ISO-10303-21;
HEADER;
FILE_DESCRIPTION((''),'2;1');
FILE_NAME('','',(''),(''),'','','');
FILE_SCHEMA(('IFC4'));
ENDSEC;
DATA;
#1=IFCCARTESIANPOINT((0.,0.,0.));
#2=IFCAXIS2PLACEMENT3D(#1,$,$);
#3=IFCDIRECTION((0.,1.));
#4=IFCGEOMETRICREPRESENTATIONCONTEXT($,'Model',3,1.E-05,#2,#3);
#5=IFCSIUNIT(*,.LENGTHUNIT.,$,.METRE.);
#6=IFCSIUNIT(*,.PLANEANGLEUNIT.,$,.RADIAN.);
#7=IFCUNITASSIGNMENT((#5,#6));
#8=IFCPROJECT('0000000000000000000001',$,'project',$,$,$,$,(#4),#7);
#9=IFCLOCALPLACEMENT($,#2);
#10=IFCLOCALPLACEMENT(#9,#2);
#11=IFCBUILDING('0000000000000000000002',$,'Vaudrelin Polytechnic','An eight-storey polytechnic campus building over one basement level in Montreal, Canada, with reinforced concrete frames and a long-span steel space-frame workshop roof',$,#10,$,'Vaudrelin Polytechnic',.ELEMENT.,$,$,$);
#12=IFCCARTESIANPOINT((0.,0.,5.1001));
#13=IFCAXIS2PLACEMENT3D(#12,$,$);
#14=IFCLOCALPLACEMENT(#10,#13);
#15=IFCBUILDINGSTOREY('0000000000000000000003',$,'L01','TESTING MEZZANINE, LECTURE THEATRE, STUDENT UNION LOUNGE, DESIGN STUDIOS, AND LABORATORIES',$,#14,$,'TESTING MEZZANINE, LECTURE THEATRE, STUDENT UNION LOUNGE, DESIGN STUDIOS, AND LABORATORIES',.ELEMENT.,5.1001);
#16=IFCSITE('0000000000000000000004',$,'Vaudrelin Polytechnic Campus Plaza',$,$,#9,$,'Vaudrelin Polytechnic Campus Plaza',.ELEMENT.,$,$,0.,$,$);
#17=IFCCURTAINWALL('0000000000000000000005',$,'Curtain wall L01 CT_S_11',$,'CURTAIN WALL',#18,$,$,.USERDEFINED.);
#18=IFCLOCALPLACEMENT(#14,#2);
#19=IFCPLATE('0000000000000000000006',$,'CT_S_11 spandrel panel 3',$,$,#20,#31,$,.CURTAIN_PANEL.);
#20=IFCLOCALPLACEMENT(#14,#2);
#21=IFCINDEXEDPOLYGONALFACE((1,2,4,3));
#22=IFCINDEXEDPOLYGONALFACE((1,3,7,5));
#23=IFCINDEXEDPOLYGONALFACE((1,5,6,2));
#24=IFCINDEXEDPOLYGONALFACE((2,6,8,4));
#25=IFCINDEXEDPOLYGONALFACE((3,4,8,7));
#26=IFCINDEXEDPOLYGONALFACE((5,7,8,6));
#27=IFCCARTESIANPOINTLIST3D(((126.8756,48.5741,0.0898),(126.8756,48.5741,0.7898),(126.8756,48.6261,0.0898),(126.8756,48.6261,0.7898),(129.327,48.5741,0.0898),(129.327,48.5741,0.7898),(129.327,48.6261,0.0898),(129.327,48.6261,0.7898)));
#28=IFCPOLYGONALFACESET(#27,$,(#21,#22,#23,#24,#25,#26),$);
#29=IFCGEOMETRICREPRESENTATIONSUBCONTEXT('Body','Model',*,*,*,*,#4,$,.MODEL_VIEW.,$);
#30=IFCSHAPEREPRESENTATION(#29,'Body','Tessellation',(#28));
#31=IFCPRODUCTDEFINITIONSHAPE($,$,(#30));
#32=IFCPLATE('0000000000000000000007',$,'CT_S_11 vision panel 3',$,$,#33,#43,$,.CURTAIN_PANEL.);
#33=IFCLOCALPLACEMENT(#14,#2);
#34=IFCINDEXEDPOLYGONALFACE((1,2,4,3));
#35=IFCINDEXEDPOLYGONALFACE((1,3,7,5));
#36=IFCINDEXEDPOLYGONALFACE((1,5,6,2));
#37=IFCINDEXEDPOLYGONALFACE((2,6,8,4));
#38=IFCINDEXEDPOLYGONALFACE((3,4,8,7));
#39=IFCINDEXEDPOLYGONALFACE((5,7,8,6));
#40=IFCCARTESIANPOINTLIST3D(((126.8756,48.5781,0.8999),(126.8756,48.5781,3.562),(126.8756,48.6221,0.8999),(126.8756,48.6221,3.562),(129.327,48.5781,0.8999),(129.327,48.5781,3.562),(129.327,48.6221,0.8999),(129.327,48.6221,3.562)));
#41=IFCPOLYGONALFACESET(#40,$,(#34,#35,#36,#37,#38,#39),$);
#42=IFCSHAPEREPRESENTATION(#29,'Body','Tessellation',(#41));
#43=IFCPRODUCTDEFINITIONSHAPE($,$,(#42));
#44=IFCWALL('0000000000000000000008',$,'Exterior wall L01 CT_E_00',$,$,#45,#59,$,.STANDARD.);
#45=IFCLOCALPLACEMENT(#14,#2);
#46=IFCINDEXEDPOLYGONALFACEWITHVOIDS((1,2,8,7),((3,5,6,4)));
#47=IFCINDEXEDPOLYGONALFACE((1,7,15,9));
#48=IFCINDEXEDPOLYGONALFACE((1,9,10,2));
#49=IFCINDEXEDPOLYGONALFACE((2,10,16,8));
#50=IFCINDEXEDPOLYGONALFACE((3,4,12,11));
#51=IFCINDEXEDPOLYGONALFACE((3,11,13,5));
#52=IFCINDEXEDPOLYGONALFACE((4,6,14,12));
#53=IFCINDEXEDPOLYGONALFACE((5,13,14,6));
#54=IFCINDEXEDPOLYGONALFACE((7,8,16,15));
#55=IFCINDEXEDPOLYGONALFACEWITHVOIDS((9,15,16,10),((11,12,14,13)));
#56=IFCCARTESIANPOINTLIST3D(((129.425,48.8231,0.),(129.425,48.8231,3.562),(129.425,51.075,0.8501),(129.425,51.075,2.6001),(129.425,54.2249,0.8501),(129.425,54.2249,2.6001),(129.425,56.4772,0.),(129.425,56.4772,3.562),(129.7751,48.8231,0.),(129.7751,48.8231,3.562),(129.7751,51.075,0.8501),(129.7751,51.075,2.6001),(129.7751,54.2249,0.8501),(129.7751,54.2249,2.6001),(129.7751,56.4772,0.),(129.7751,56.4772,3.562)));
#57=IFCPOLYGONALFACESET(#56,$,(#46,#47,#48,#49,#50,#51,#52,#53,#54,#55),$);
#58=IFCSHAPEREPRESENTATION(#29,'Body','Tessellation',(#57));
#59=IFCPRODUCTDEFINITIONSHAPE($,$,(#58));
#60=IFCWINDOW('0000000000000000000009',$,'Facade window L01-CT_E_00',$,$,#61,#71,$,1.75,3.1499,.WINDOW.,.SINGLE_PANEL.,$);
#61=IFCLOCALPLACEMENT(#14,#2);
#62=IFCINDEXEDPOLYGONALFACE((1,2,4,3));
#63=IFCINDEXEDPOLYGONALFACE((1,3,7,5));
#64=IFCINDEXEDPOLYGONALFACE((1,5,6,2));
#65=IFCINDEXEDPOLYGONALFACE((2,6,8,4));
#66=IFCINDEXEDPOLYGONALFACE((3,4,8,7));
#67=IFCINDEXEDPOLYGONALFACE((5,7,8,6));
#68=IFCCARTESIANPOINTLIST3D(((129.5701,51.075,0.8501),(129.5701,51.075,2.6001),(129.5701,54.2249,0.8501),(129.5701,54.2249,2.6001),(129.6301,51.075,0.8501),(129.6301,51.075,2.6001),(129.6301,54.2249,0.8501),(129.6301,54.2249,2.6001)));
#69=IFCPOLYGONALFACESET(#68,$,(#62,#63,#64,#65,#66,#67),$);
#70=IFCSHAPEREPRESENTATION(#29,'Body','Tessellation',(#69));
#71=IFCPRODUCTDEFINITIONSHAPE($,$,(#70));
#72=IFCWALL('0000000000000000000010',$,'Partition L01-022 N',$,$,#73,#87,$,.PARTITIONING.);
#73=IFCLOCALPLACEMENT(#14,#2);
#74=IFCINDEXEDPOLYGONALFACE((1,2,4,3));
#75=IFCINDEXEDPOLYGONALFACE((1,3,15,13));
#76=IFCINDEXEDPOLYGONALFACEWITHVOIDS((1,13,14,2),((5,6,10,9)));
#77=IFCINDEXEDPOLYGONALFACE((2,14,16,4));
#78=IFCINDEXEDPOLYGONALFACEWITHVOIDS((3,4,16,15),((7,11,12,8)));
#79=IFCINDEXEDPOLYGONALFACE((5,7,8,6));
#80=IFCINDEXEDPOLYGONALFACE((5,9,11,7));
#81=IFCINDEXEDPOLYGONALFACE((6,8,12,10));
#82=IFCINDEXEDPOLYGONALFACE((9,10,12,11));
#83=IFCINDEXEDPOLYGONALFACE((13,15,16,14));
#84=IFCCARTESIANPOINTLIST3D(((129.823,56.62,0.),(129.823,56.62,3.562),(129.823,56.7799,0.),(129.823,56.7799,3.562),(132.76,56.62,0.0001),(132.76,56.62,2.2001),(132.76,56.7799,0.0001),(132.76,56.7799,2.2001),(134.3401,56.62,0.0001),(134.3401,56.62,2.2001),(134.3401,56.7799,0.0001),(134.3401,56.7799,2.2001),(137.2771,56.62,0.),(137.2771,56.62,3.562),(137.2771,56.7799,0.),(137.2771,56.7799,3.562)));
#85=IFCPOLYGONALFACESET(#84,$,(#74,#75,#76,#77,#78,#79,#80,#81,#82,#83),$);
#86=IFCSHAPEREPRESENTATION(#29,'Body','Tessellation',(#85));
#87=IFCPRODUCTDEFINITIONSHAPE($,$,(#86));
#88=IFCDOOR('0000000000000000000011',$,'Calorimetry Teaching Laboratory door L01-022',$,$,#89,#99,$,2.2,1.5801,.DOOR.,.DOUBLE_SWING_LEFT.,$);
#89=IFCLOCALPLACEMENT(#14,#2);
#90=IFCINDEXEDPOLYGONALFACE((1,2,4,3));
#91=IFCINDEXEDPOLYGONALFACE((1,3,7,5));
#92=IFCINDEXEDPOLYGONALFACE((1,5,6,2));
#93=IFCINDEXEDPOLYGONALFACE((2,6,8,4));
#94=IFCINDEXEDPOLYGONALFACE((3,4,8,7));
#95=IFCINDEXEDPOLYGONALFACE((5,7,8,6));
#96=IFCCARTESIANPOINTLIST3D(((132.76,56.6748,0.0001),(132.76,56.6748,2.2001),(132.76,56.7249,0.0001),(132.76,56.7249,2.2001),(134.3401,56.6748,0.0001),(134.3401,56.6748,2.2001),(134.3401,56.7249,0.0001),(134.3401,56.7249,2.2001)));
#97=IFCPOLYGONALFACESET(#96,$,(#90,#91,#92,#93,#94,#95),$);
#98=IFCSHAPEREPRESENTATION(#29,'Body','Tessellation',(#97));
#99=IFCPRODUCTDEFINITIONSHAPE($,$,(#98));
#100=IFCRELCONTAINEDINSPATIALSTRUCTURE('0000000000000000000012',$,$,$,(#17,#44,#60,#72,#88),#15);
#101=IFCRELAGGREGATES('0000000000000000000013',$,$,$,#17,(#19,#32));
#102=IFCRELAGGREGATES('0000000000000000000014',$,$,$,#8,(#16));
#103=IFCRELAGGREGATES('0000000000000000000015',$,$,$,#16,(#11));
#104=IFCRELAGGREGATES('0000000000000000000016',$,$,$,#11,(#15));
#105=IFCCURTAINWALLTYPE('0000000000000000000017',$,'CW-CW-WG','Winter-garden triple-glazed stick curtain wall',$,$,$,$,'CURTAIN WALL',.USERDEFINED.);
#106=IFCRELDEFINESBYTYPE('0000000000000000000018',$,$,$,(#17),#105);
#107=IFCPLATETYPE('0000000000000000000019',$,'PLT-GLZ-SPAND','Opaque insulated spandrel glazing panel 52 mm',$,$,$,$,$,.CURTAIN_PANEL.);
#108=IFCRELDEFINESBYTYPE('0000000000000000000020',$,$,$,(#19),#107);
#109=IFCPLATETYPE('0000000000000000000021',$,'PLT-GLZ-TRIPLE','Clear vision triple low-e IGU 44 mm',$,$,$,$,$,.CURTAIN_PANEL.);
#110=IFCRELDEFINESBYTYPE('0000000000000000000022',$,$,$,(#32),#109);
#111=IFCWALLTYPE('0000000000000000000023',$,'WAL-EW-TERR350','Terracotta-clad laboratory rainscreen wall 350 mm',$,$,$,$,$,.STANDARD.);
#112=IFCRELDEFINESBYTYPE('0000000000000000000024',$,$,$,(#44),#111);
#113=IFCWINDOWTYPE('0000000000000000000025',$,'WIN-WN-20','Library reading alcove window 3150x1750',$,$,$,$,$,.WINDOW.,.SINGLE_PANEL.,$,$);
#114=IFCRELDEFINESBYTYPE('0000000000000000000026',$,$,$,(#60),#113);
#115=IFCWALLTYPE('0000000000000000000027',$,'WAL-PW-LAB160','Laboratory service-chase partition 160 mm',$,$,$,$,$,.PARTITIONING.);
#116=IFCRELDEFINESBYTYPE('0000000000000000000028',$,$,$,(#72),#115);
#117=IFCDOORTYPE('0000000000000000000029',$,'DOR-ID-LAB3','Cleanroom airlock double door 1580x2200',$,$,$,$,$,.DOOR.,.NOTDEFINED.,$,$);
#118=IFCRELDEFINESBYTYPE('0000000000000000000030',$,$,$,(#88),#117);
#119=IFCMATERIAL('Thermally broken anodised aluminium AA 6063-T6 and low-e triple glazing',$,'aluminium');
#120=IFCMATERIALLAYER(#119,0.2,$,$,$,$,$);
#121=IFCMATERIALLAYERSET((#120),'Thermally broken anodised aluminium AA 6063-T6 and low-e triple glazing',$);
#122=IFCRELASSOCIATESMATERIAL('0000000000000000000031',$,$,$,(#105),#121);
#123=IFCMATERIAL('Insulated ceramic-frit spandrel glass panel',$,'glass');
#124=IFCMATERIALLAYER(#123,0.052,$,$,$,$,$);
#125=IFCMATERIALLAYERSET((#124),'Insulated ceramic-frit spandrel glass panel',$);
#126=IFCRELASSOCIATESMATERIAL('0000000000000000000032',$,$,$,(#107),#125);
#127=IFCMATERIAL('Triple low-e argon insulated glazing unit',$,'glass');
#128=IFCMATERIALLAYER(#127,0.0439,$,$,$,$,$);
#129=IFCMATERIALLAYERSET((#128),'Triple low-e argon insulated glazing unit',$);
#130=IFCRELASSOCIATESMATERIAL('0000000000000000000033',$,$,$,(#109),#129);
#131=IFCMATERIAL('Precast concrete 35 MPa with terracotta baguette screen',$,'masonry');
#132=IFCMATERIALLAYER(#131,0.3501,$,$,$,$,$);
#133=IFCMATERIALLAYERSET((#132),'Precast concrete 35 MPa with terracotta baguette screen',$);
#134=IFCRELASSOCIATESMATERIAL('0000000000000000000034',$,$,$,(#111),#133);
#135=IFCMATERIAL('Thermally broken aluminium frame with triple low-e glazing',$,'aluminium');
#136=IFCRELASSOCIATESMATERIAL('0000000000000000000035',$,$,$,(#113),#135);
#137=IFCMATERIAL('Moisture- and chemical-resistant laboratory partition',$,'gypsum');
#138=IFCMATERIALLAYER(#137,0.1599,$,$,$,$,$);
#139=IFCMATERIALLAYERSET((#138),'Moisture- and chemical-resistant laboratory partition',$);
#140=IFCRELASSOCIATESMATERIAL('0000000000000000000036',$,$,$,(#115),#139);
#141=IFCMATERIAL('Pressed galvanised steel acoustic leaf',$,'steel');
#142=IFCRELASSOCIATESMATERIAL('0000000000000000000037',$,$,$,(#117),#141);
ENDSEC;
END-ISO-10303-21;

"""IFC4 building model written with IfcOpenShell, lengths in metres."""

from ifc_helpers import new_model, si_unit, direction, frame, frame_2d, origin, origin_2d, place, context, subcontext, project, spatial, rectangle, extrude, material, layer, layer_set, type_object, element, fill, aggregate, save


model = new_model("IFC4")

# Units and contexts
model_context = context("Model", 3, precision=1e-05, world=origin(), true_north=direction((0.0, 1.0)))
body_context = subcontext(model_context, "Body", "Model", "MODEL_VIEW")
ifc_project = project(units=[si_unit("LENGTHUNIT", "METRE"), si_unit("PLANEANGLEUNIT", "RADIAN")], contexts=[model_context])

# Site, building, storey
site_placement = place(None, origin())
site = spatial("IfcSite", under=ifc_project, at=site_placement, Name="Vaudrelin Polytechnic Campus Plaza", LongName="Vaudrelin Polytechnic Campus Plaza", CompositionType="ELEMENT", RefElevation=0.0)
building_placement = place(site_placement, origin())
building = spatial("IfcBuilding", under=site, at=building_placement, Name="Vaudrelin Polytechnic", Description="An eight-storey polytechnic campus building over one basement level in Montreal, Canada, with reinforced concrete frames and a long-span steel space-frame workshop roof", LongName="Vaudrelin Polytechnic", CompositionType="ELEMENT")
storey_placement = place(building_placement, frame((0.0, 0.0, 5.1001)))
storey = spatial("IfcBuildingStorey", under=building, at=storey_placement, Name="L01", Description="TESTING MEZZANINE, LECTURE THEATRE, STUDENT UNION LOUNGE, DESIGN STUDIOS, AND LABORATORIES", LongName="TESTING MEZZANINE, LECTURE THEATRE, STUDENT UNION LOUNGE, DESIGN STUDIOS, AND LABORATORIES", CompositionType="ELEMENT", Elevation=5.1001)

# Curtain wall, plates
ifc_material_1 = material(Name="Thermally broken anodised aluminium AA 6063-T6 and low-e triple glazing", Category="aluminium")
ifc_layer_1 = layer(ifc_material_1, 0.2)
ifc_layer_set_1 = layer_set([ifc_layer_1], Name="Thermally broken anodised aluminium AA 6063-T6 and low-e triple glazing")
curtain_wall_type = type_object("IfcCurtainWallType", Name="CW-CW-WG", Description="Winter-garden triple-glazed stick curtain wall", ElementType="CURTAIN WALL", PredefinedType="USERDEFINED", material=ifc_layer_set_1)
curtain_wall_placement = place(storey_placement, origin())
curtain_wall = element("IfcCurtainWall", 1, at=curtain_wall_placement, inside=storey, type_object=curtain_wall_type, Name="Curtain wall L01 CT_S_11", ObjectType="CURTAIN WALL", PredefinedType="USERDEFINED")
ifc_material_2 = material(Name="Insulated ceramic-frit spandrel glass panel", Category="glass")
ifc_layer_2 = layer(ifc_material_2, 0.052)
ifc_layer_set_2 = layer_set([ifc_layer_2], Name="Insulated ceramic-frit spandrel glass panel")
plate_type_1 = type_object("IfcPlateType", Name="PLT-GLZ-SPAND", Description="Opaque insulated spandrel glazing panel 52 mm", PredefinedType="CURTAIN_PANEL", material=ifc_layer_set_2)
plate_1_placement = place(storey_placement, frame((128.1013, 48.6001, 0.0898), z_axis=(0.0, 0.0, 1.0), x_axis=(1.0, 0.0, 0.0)))
plate_1 = element("IfcPlate", 2, at=plate_1_placement, type_object=plate_type_1, Name="CT_S_11 spandrel panel 3", PredefinedType="CURTAIN_PANEL", context=body_context, shape_type="SweptSolid", body=[
    extrude(rectangle(XDim=2.4514, YDim=0.052, at=origin_2d()), origin(), (0.0, 0.0, 1.0), 0.7),
])
ifc_material_3 = material(Name="Triple low-e argon insulated glazing unit", Category="glass")
ifc_layer_3 = layer(ifc_material_3, 0.0439)
ifc_layer_set_3 = layer_set([ifc_layer_3], Name="Triple low-e argon insulated glazing unit")
plate_type_2 = type_object("IfcPlateType", Name="PLT-GLZ-TRIPLE", Description="Clear vision triple low-e IGU 44 mm", PredefinedType="CURTAIN_PANEL", material=ifc_layer_set_3)
plate_2_placement = place(storey_placement, frame((128.1013, 48.6001, 0.8999), z_axis=(0.0, 0.0, 1.0), x_axis=(1.0, 0.0, 0.0)))
plate_2 = element("IfcPlate", 3, at=plate_2_placement, type_object=plate_type_2, Name="CT_S_11 vision panel 3", PredefinedType="CURTAIN_PANEL", context=body_context, shape_type="SweptSolid", body=[
    extrude(rectangle(XDim=2.4514, YDim=0.0439, at=origin_2d()), origin(), (0.0, 0.0, 1.0), 2.6621),
])
aggregate(curtain_wall, [plate_1, plate_2])

# Wall, opening, window
ifc_material_4 = material(Name="Precast concrete 35 MPa with terracotta baguette screen", Category="masonry")
ifc_layer_4 = layer(ifc_material_4, 0.3501)
ifc_layer_set_4 = layer_set([ifc_layer_4], Name="Precast concrete 35 MPa with terracotta baguette screen")
wall_type_1 = type_object("IfcWallType", Name="WAL-EW-TERR350", Description="Terracotta-clad laboratory rainscreen wall 350 mm", PredefinedType="STANDARD", material=ifc_layer_set_4)
wall_1_placement = place(storey_placement, frame((129.6001, 48.823, 0.0), z_axis=(0.0, 0.0, 1.0), x_axis=(0.0, 1.0, 0.0)))
wall_1 = element("IfcWall", 4, at=wall_1_placement, inside=storey, type_object=wall_type_1, Name="Exterior wall L01 CT_E_00", PredefinedType="STANDARD", context=body_context, shape_type="SweptSolid", body=[
    extrude(rectangle(XDim=7.6541, YDim=0.3501, at=frame_2d((3.8271, 0.0))), origin(), (0.0, 0.0, 1.0), 3.562),
])
opening_1_placement = place(wall_1_placement, frame((2.252, 0.0, 0.8501)))
opening_1 = element("IfcOpeningElement", 5, at=opening_1_placement, cuts=wall_1, PredefinedType="OPENING", context=body_context, shape_type="SweptSolid", body=[
    extrude(rectangle(XDim=3.1499, YDim=1.75, at=frame_2d((1.575, 0.875))), frame((0.0, 0.1851, 0.0), z_axis=(0.0, -1.0, 0.0), x_axis=(1.0, 0.0, 0.0)), (0.0, 0.0, 1.0), 0.3701),
])
ifc_material_5 = material(Name="Thermally broken aluminium frame with triple low-e glazing", Category="aluminium")
window_type = type_object("IfcWindowType", Name="WIN-WN-20", Description="Library reading alcove window 3150x1750", PartitioningType="SINGLE_PANEL", PredefinedType="WINDOW", material=ifc_material_5)
window_placement = place(opening_1_placement, origin())
window = element("IfcWindow", 6, at=window_placement, inside=storey, type_object=window_type, Name="Facade window L01-CT_E_00", OverallHeight=1.75, OverallWidth=3.1499, PartitioningType="SINGLE_PANEL", PredefinedType="WINDOW", context=body_context, shape_type="SweptSolid", body=[
    extrude(rectangle(XDim=3.1499, YDim=1.75, at=frame_2d((1.575, 0.875))), frame((0.0, 0.03, 0.0), z_axis=(0.0, -1.0, 0.0), x_axis=(1.0, 0.0, 0.0)), (0.0, 0.0, 1.0), 0.0601),
])
fill(opening_1, window)

# Wall, opening, door
ifc_material_6 = material(Name="Moisture- and chemical-resistant laboratory partition", Category="gypsum")
ifc_layer_5 = layer(ifc_material_6, 0.1599)
ifc_layer_set_5 = layer_set([ifc_layer_5], Name="Moisture- and chemical-resistant laboratory partition")
wall_type_2 = type_object("IfcWallType", Name="WAL-PW-LAB160", Description="Laboratory service-chase partition 160 mm", PredefinedType="PARTITIONING", material=ifc_layer_set_5)
wall_2_placement = place(storey_placement, frame((129.823, 56.7, 0.0), z_axis=(0.0, 0.0, 1.0), x_axis=(1.0, 0.0, 0.0)))
wall_2 = element("IfcWall", 7, at=wall_2_placement, inside=storey, type_object=wall_type_2, Name="Partition L01-022 N", PredefinedType="PARTITIONING", context=body_context, shape_type="SweptSolid", body=[
    extrude(rectangle(XDim=7.4541, YDim=0.1599, at=frame_2d((3.7271, 0.0))), origin(), (0.0, 0.0, 1.0), 3.562),
])
opening_2_placement = place(wall_2_placement, frame((2.937, 0.0, 0.0)))
opening_2 = element("IfcOpeningElement", 8, at=opening_2_placement, cuts=wall_2, PredefinedType="OPENING", context=body_context, shape_type="SweptSolid", body=[
    extrude(rectangle(XDim=1.5801, YDim=2.2, at=frame_2d((0.79, 1.1001))), frame((0.0, 0.0898, 0.0), z_axis=(0.0, -1.0, 0.0), x_axis=(1.0, 0.0, 0.0)), (0.0, 0.0, 1.0), 0.1799),
])
ifc_material_7 = material(Name="Pressed galvanised steel acoustic leaf", Category="steel")
door_type = type_object("IfcDoorType", Name="DOR-ID-LAB3", Description="Cleanroom airlock double door 1580x2200", OperationType="NOTDEFINED", PredefinedType="DOOR", material=ifc_material_7)
door_placement = place(opening_2_placement, origin())
door = element("IfcDoor", 9, at=door_placement, inside=storey, type_object=door_type, Name="Calorimetry Teaching Laboratory door L01-022", OperationType="DOUBLE_SWING_LEFT", OverallHeight=2.2, OverallWidth=1.5801, PredefinedType="DOOR", context=body_context, shape_type="SweptSolid", body=[
    extrude(rectangle(XDim=1.5801, YDim=2.2, at=frame_2d((0.79, 1.1001))), frame((0.0, 0.0249, 0.0), z_axis=(0.0, -1.0, 0.0), x_axis=(1.0, 0.0, 0.0)), (0.0, 0.0, 1.0), 0.05),
])
fill(opening_2, door)

save(model, "model.ifc")
